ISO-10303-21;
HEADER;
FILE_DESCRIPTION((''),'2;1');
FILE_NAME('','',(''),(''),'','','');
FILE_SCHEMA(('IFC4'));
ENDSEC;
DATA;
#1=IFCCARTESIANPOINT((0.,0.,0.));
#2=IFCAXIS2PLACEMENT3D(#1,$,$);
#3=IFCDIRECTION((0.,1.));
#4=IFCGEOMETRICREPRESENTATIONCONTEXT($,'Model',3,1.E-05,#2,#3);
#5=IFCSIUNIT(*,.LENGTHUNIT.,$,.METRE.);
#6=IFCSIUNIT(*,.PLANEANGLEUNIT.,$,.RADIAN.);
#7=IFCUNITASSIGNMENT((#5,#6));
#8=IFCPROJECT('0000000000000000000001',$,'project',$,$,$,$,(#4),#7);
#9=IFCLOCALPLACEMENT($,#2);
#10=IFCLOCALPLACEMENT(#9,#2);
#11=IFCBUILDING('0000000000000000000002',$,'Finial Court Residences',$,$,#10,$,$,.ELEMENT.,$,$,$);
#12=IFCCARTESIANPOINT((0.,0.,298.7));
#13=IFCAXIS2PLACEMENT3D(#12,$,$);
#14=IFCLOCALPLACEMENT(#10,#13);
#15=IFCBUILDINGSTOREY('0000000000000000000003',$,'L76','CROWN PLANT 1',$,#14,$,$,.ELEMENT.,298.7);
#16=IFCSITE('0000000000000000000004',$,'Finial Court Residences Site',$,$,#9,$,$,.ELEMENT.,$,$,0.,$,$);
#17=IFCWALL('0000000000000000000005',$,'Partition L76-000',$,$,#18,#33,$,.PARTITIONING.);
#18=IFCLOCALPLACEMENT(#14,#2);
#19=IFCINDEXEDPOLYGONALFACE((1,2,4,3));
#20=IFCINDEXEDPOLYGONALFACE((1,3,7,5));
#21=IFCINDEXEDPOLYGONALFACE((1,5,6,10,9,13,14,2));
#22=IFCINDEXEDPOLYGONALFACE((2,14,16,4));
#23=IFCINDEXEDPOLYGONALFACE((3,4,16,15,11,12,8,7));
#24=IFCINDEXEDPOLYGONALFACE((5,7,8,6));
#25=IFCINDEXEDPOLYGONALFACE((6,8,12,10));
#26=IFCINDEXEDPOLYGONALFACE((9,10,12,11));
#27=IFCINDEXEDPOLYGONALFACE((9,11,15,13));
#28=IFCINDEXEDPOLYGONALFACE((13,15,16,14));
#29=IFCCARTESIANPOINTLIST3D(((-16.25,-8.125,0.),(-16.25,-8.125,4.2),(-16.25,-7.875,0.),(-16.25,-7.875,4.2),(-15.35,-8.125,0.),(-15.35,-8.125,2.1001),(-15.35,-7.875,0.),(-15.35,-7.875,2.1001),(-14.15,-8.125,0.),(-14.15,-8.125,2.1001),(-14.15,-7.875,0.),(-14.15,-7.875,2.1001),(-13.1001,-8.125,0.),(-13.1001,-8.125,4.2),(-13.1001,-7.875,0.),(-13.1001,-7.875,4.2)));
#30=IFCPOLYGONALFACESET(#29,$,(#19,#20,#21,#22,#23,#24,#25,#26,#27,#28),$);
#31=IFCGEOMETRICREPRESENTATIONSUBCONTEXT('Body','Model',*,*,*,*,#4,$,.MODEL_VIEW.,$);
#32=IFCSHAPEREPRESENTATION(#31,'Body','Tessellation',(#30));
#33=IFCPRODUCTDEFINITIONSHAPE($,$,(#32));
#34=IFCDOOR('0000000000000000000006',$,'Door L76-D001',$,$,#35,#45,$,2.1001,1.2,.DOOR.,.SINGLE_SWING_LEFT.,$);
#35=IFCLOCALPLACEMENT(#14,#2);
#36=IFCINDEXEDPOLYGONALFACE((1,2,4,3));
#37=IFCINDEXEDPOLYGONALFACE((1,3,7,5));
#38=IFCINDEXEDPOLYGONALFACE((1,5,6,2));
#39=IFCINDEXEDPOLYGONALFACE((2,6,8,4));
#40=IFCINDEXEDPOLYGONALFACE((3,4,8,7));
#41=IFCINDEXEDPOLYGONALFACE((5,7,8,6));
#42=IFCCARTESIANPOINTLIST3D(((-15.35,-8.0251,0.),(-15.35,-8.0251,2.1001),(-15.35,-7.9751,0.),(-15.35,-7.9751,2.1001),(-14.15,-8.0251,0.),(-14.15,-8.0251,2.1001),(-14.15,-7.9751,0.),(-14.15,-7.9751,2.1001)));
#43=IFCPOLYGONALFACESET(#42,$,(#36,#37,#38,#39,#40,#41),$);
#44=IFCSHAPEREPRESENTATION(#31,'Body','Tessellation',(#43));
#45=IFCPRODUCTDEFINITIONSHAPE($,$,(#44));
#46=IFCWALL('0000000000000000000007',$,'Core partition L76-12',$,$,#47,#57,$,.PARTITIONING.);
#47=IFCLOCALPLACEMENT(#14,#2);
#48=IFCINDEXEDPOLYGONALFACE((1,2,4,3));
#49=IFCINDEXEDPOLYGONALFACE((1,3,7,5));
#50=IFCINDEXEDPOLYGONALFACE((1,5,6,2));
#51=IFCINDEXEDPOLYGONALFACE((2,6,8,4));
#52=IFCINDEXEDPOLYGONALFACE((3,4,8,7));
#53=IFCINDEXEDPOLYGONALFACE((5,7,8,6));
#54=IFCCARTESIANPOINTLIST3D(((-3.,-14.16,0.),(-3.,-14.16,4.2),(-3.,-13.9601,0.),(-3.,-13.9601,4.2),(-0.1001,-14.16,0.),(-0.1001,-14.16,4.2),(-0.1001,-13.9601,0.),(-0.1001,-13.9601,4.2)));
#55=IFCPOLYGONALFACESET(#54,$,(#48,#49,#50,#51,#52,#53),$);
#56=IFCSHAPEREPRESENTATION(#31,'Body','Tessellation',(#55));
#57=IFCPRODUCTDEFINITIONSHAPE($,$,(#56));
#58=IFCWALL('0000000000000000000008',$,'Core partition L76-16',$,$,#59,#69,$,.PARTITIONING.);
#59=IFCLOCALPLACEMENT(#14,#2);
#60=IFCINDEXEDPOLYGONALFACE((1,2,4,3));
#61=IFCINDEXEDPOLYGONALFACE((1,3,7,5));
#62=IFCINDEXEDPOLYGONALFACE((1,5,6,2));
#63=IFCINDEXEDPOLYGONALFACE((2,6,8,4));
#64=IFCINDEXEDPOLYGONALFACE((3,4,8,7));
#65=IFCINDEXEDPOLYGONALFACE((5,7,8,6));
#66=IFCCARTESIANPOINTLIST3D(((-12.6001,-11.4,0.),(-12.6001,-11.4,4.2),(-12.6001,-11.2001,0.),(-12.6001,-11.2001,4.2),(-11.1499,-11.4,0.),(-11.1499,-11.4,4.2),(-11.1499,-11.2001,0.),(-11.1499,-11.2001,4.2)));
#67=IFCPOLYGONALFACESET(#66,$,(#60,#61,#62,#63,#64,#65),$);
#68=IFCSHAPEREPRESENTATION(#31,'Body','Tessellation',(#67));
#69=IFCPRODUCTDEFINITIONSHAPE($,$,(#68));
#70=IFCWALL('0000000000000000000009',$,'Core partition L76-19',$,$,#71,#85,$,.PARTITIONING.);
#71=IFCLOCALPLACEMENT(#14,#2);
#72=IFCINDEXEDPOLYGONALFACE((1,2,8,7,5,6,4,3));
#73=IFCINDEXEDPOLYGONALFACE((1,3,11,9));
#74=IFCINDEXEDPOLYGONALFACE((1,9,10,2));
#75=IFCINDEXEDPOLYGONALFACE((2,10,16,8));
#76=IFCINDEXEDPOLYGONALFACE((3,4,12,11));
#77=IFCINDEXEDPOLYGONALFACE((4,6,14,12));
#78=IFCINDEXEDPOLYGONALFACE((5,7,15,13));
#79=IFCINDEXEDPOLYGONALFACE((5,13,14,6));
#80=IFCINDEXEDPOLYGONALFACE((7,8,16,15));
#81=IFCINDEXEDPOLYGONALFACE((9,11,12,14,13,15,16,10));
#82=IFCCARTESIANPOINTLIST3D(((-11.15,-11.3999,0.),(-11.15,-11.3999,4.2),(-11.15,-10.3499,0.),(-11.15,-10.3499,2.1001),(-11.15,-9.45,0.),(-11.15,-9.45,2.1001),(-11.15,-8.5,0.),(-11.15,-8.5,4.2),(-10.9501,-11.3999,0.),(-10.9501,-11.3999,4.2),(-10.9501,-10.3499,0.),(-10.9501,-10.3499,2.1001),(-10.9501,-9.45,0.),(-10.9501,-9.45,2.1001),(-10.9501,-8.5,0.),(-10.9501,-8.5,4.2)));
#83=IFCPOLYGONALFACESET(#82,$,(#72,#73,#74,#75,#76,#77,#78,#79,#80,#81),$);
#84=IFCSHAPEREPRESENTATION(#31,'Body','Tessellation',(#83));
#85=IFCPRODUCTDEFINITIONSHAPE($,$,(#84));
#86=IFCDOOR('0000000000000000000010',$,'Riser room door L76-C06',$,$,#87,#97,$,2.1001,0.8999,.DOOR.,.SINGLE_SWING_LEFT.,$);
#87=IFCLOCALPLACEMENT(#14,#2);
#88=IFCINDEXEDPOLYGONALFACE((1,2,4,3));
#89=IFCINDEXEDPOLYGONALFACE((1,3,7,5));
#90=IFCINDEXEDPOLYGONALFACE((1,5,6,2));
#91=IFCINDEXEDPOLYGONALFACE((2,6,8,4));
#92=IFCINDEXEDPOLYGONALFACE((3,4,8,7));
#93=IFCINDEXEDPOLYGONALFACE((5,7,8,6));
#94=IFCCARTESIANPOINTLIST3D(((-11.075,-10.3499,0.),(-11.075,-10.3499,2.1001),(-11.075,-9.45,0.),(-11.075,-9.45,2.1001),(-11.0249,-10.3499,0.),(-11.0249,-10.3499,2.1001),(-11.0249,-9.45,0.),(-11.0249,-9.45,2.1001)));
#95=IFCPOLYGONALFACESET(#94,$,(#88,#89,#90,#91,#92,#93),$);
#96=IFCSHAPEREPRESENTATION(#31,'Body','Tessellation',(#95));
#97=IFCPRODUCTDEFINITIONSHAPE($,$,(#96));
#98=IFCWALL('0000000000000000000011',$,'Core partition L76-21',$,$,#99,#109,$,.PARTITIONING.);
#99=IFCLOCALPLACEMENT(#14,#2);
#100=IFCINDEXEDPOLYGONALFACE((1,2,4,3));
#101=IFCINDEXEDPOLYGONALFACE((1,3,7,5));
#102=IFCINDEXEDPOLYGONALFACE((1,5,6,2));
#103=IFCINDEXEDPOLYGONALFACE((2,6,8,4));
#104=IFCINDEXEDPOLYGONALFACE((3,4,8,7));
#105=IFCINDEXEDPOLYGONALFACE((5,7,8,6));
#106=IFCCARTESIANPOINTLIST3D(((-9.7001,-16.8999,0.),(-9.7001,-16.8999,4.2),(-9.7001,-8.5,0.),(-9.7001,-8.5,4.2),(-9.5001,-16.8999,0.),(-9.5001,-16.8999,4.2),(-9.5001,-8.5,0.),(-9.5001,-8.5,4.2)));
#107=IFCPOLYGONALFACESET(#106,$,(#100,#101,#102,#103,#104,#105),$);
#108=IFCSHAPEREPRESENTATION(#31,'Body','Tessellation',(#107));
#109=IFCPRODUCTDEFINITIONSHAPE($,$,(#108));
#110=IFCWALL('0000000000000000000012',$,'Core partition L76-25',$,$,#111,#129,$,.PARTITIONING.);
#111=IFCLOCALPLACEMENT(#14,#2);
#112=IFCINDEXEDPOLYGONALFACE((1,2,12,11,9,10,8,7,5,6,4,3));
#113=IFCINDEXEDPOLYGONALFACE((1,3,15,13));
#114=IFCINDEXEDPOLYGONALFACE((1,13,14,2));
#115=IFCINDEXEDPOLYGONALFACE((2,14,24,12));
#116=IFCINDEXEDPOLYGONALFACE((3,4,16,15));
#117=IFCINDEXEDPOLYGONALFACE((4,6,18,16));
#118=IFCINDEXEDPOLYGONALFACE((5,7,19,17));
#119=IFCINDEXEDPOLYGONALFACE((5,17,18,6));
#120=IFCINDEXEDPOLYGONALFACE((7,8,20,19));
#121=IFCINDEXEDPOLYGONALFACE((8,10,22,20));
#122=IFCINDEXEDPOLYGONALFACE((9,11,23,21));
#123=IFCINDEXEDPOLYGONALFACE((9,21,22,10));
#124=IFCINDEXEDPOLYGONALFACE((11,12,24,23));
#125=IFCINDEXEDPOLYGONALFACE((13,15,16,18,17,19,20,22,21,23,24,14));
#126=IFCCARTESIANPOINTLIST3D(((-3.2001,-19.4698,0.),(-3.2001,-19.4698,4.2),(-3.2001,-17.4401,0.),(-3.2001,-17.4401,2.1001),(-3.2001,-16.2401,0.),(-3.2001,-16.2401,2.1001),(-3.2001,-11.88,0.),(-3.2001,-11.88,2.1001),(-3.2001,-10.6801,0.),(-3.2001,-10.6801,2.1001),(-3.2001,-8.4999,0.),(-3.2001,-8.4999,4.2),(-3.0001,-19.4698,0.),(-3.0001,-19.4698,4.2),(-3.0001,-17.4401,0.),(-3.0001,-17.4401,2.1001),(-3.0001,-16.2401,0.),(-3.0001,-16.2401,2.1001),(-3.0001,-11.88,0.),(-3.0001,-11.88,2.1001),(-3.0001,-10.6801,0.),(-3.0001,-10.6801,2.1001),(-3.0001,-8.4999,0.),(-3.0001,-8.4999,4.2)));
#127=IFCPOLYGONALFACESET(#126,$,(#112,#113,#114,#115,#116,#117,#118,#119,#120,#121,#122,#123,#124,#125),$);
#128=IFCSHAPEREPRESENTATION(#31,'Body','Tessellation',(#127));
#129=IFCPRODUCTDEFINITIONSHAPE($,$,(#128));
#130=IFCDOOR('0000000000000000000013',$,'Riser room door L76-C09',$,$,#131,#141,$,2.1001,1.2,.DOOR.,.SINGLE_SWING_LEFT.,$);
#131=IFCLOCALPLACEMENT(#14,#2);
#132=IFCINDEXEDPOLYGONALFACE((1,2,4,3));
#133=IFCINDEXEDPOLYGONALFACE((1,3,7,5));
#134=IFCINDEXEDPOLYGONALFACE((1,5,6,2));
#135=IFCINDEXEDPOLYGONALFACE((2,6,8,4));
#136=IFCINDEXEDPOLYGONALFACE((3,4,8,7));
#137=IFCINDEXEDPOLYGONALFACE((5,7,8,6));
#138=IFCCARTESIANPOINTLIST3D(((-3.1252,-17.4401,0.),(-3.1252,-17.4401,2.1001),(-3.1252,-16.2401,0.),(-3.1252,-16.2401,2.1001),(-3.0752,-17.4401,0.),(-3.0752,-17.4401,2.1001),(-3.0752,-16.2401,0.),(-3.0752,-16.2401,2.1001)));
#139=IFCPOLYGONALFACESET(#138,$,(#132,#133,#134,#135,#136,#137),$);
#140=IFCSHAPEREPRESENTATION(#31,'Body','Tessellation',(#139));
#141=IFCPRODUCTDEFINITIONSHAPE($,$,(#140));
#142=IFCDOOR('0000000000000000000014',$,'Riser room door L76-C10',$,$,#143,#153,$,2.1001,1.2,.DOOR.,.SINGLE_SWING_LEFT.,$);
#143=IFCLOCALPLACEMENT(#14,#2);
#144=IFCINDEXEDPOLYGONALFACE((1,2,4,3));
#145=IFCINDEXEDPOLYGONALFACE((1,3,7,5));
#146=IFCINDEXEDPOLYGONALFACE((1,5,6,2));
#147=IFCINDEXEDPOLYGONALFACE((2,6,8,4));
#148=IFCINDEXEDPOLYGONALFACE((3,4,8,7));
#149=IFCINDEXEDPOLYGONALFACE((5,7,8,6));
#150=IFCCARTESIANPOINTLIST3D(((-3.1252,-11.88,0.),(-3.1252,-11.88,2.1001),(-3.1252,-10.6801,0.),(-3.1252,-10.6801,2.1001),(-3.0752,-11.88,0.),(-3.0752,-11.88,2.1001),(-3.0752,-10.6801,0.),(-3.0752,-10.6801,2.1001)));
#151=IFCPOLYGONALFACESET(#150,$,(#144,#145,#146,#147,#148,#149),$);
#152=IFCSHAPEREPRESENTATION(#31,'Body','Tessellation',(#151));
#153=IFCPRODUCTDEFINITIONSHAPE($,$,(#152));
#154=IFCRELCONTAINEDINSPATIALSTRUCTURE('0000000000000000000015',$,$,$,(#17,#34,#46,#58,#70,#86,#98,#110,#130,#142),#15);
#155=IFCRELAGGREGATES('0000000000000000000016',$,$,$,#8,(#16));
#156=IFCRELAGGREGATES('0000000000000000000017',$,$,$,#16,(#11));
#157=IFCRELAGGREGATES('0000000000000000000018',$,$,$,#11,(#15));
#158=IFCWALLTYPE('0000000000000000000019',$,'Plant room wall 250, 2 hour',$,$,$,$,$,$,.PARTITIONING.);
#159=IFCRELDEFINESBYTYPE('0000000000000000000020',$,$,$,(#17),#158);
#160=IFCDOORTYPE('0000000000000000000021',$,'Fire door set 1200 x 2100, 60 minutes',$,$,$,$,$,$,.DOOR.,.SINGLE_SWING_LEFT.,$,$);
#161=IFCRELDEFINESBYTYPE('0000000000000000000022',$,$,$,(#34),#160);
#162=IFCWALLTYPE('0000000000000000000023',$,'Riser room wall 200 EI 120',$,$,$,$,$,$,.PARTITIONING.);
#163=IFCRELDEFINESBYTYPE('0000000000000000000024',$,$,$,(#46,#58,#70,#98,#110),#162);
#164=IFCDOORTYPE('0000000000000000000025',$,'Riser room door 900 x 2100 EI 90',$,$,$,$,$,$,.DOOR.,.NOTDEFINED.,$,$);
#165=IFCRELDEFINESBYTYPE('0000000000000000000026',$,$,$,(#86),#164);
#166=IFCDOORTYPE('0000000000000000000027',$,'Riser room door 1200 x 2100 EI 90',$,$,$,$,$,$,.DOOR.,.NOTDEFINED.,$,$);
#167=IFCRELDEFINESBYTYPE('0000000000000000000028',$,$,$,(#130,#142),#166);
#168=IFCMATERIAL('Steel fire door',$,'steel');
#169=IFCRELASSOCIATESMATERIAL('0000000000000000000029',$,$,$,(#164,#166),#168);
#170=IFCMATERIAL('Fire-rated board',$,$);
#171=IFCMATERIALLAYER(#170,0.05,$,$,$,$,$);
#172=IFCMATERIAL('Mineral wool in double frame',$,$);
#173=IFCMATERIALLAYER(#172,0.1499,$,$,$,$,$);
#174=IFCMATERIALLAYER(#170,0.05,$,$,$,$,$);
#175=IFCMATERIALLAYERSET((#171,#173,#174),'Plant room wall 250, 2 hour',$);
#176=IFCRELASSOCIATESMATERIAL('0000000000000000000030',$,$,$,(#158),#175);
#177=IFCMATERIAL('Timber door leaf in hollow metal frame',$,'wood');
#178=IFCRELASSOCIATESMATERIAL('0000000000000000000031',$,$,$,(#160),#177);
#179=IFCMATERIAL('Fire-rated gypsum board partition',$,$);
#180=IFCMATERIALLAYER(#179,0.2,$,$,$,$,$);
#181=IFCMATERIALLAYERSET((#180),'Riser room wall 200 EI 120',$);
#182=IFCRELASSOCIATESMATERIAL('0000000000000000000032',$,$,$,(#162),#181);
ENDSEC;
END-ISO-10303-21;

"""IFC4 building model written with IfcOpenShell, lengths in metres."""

from ifc_helpers import new_model, si_unit, direction, frame, frame_2d, origin, place, context, subcontext, project, spatial, rectangle, extrude, material, layer, layer_set, type_object, element, fill, save


model = new_model("IFC4")

# Units and contexts
model_context = context("Model", 3, precision=1e-05, world=origin(), true_north=direction((0.0, 1.0)))
body_context = subcontext(model_context, "Body", "Model", "MODEL_VIEW")
ifc_project = project(units=[si_unit("LENGTHUNIT", "METRE"), si_unit("PLANEANGLEUNIT", "RADIAN")], contexts=[model_context])

# Site, building, storey
site_placement = place(None, origin())
site = spatial("IfcSite", under=ifc_project, at=site_placement, Name="Finial Court Residences Site", CompositionType="ELEMENT", RefElevation=0.0)
building_placement = place(site_placement, origin())
building = spatial("IfcBuilding", under=site, at=building_placement, Name="Finial Court Residences", CompositionType="ELEMENT")
storey_placement = place(building_placement, frame((0.0, 0.0, 298.7)))
storey = spatial("IfcBuildingStorey", under=building, at=storey_placement, Name="L76", Description="CROWN PLANT 1", CompositionType="ELEMENT", Elevation=298.7)

# Shared definitions
ifc_material_1 = material(Name="Steel fire door", Category="steel")
door_type_1 = type_object("IfcDoorType", Name="Riser room door 900 x 2100 EI 90", OperationType="NOTDEFINED", PredefinedType="DOOR", material=ifc_material_1)

# Wall, opening, door
ifc_material_2 = material(Name="Fire-rated board")
ifc_layer_1 = layer(ifc_material_2, 0.05)
ifc_material_3 = material(Name="Mineral wool in double frame")
ifc_layer_2 = layer(ifc_material_3, 0.1499)
ifc_layer_3 = layer(ifc_material_2, 0.05)
ifc_layer_set_1 = layer_set([ifc_layer_1, ifc_layer_2, ifc_layer_3], Name="Plant room wall 250, 2 hour")
wall_type_1 = type_object("IfcWallType", Name="Plant room wall 250, 2 hour", PredefinedType="PARTITIONING", material=ifc_layer_set_1)
wall_1_placement = place(storey_placement, frame((-16.25, -8.0, 0.0), z_axis=(0.0, 0.0, 1.0), x_axis=(1.0, 0.0, 0.0)))
wall_1 = element("IfcWall", 1, at=wall_1_placement, inside=storey, type_object=wall_type_1, Name="Partition L76-000", PredefinedType="PARTITIONING", context=body_context, shape_type="SweptSolid", body=[
    extrude(rectangle(XDim=3.1499, YDim=0.25, at=frame_2d((1.575, 0.0))), origin(), (0.0, 0.0, 1.0), 4.2),
])
opening_1_placement = place(wall_1_placement, frame((0.8999, 0.0, 0.0)))
opening_1 = element("IfcOpeningElement", 2, at=opening_1_placement, cuts=wall_1, PredefinedType="OPENING", context=body_context, shape_type="SweptSolid", body=[
    extrude(rectangle(XDim=1.2, YDim=2.1001, at=frame_2d((0.6001, 1.05))), frame((0.0, 0.135, 0.0), z_axis=(0.0, -1.0, 0.0), x_axis=(1.0, 0.0, 0.0)), (0.0, 0.0, 1.0), 0.27),
])
ifc_material_4 = material(Name="Timber door leaf in hollow metal frame", Category="wood")
door_type_2 = type_object("IfcDoorType", Name="Fire door set 1200 x 2100, 60 minutes", OperationType="SINGLE_SWING_LEFT", PredefinedType="DOOR", material=ifc_material_4)
door_1_placement = place(opening_1_placement, origin())
door_1 = element("IfcDoor", 3, at=door_1_placement, inside=storey, type_object=door_type_2, Name="Door L76-D001", OperationType="SINGLE_SWING_LEFT", OverallHeight=2.1001, OverallWidth=1.2, PredefinedType="DOOR", context=body_context, shape_type="SweptSolid", body=[
    extrude(rectangle(XDim=1.2, YDim=2.1001, at=frame_2d((0.6001, 1.05))), frame((0.0, 0.0249, 0.0), z_axis=(0.0, -1.0, 0.0), x_axis=(1.0, 0.0, 0.0)), (0.0, 0.0, 1.0), 0.05),
])
fill(opening_1, door_1)

# Walls
ifc_material_5 = material(Name="Fire-rated gypsum board partition")
ifc_layer_4 = layer(ifc_material_5, 0.2)
ifc_layer_set_2 = layer_set([ifc_layer_4], Name="Riser room wall 200 EI 120")
wall_type_2 = type_object("IfcWallType", Name="Riser room wall 200 EI 120", PredefinedType="PARTITIONING", material=ifc_layer_set_2)
wall_2_placement = place(storey_placement, frame((-3.0, -14.0601, 0.0), z_axis=(0.0, 0.0, 1.0), x_axis=(1.0, 0.0, 0.0)))
element("IfcWall", 4, at=wall_2_placement, inside=storey, type_object=wall_type_2, Name="Core partition L76-12", PredefinedType="PARTITIONING", context=body_context, shape_type="SweptSolid", body=[
    extrude(rectangle(XDim=2.8999, YDim=0.2, at=frame_2d((1.45, 0.0))), origin(), (0.0, 0.0, 1.0), 4.2),
])
wall_3_placement = place(storey_placement, frame((-12.6001, -11.3, 0.0), z_axis=(0.0, 0.0, 1.0), x_axis=(1.0, 0.0, 0.0)))
element("IfcWall", 5, at=wall_3_placement, inside=storey, type_object=wall_type_2, Name="Core partition L76-16", PredefinedType="PARTITIONING", context=body_context, shape_type="SweptSolid", body=[
    extrude(rectangle(XDim=1.4502, YDim=0.2, at=frame_2d((0.7251, 0.0))), origin(), (0.0, 0.0, 1.0), 4.2),
])

# Wall, opening, door
wall_4_placement = place(storey_placement, frame((-11.05, -11.3999, 0.0), z_axis=(0.0, 0.0, 1.0), x_axis=(0.0, 1.0, 0.0)))
wall_4 = element("IfcWall", 6, at=wall_4_placement, inside=storey, type_object=wall_type_2, Name="Core partition L76-19", PredefinedType="PARTITIONING", context=body_context, shape_type="SweptSolid", body=[
    extrude(rectangle(XDim=2.8999, YDim=0.2, at=frame_2d((1.45, 0.0))), origin(), (0.0, 0.0, 1.0), 4.2),
])
opening_2_placement = place(wall_4_placement, frame((1.05, 0.0, 0.0)))
opening_2 = element("IfcOpeningElement", 7, at=opening_2_placement, cuts=wall_4, PredefinedType="OPENING", context=body_context, shape_type="SweptSolid", body=[
    extrude(rectangle(XDim=0.8999, YDim=2.1001, at=frame_2d((0.45, 1.05))), frame((0.0, 0.1099, 0.0), z_axis=(0.0, -1.0, 0.0), x_axis=(1.0, 0.0, 0.0)), (0.0, 0.0, 1.0), 0.22),
])
door_2_placement = place(opening_2_placement, origin())
door_2 = element("IfcDoor", 8, at=door_2_placement, inside=storey, type_object=door_type_1, Name="Riser room door L76-C06", OperationType="SINGLE_SWING_LEFT", OverallHeight=2.1001, OverallWidth=0.8999, PredefinedType="DOOR", context=body_context, shape_type="SweptSolid", body=[
    extrude(rectangle(XDim=0.8999, YDim=2.1001, at=frame_2d((0.45, 1.05))), frame((0.0, 0.0249, 0.0), z_axis=(0.0, -1.0, 0.0), x_axis=(1.0, 0.0, 0.0)), (0.0, 0.0, 1.0), 0.05),
])
fill(opening_2, door_2)

# Wall
wall_5_placement = place(storey_placement, frame((-9.6001, -16.8999, 0.0), z_axis=(0.0, 0.0, 1.0), x_axis=(0.0, 1.0, 0.0)))
element("IfcWall", 9, at=wall_5_placement, inside=storey, type_object=wall_type_2, Name="Core partition L76-21", PredefinedType="PARTITIONING", context=body_context, shape_type="SweptSolid", body=[
    extrude(rectangle(XDim=8.3999, YDim=0.2, at=frame_2d((4.2, 0.0))), origin(), (0.0, 0.0, 1.0), 4.2),
])

# Wall, openings, doors
wall_6_placement = place(storey_placement, frame((-3.1001, -8.5, 0.0), z_axis=(0.0, 0.0, 1.0), x_axis=(0.0, -1.0, 0.0)))
wall_6 = element("IfcWall", 10, at=wall_6_placement, inside=storey, type_object=wall_type_2, Name="Core partition L76-25", PredefinedType="PARTITIONING", context=body_context, shape_type="SweptSolid", body=[
    extrude(rectangle(XDim=10.97, YDim=0.2, at=frame_2d((5.4849, 0.0))), origin(), (0.0, 0.0, 1.0), 4.2),
])
opening_3_placement = place(wall_6_placement, frame((7.74, 0.0, 0.0)))
opening_3 = element("IfcOpeningElement", 11, at=opening_3_placement, cuts=wall_6, PredefinedType="OPENING", context=body_context, shape_type="SweptSolid", body=[
    extrude(rectangle(XDim=1.2, YDim=2.1001, at=frame_2d((0.6001, 1.05))), frame((0.0, 0.1099, 0.0), z_axis=(0.0, -1.0, 0.0), x_axis=(1.0, 0.0, 0.0)), (0.0, 0.0, 1.0), 0.22),
])
opening_4_placement = place(wall_6_placement, frame((2.1799, 0.0, 0.0)))
opening_4 = element("IfcOpeningElement", 12, at=opening_4_placement, cuts=wall_6, PredefinedType="OPENING", context=body_context, shape_type="SweptSolid", body=[
    extrude(rectangle(XDim=1.2, YDim=2.1001, at=frame_2d((0.6001, 1.05))), frame((0.0, 0.1099, 0.0), z_axis=(0.0, -1.0, 0.0), x_axis=(1.0, 0.0, 0.0)), (0.0, 0.0, 1.0), 0.22),
])
door_type_3 = type_object("IfcDoorType", Name="Riser room door 1200 x 2100 EI 90", OperationType="NOTDEFINED", PredefinedType="DOOR", material=ifc_material_1)
door_3_placement = place(opening_3_placement, origin())
door_3 = element("IfcDoor", 13, at=door_3_placement, inside=storey, type_object=door_type_3, Name="Riser room door L76-C09", OperationType="SINGLE_SWING_LEFT", OverallHeight=2.1001, OverallWidth=1.2, PredefinedType="DOOR", context=body_context, shape_type="SweptSolid", body=[
    extrude(rectangle(XDim=1.2, YDim=2.1001, at=frame_2d((0.6001, 1.05))), frame((0.0, 0.0249, 0.0), z_axis=(0.0, -1.0, 0.0), x_axis=(1.0, 0.0, 0.0)), (0.0, 0.0, 1.0), 0.05),
])
fill(opening_3, door_3)
door_4_placement = place(opening_4_placement, origin())
door_4 = element("IfcDoor", 14, at=door_4_placement, inside=storey, type_object=door_type_3, Name="Riser room door L76-C10", OperationType="SINGLE_SWING_LEFT", OverallHeight=2.1001, OverallWidth=1.2, PredefinedType="DOOR", context=body_context, shape_type="SweptSolid", body=[
    extrude(rectangle(XDim=1.2, YDim=2.1001, at=frame_2d((0.6001, 1.05))), frame((0.0, 0.0249, 0.0), z_axis=(0.0, -1.0, 0.0), x_axis=(1.0, 0.0, 0.0)), (0.0, 0.0, 1.0), 0.05),
])
fill(opening_4, door_4)

save(model, "model.ifc")
